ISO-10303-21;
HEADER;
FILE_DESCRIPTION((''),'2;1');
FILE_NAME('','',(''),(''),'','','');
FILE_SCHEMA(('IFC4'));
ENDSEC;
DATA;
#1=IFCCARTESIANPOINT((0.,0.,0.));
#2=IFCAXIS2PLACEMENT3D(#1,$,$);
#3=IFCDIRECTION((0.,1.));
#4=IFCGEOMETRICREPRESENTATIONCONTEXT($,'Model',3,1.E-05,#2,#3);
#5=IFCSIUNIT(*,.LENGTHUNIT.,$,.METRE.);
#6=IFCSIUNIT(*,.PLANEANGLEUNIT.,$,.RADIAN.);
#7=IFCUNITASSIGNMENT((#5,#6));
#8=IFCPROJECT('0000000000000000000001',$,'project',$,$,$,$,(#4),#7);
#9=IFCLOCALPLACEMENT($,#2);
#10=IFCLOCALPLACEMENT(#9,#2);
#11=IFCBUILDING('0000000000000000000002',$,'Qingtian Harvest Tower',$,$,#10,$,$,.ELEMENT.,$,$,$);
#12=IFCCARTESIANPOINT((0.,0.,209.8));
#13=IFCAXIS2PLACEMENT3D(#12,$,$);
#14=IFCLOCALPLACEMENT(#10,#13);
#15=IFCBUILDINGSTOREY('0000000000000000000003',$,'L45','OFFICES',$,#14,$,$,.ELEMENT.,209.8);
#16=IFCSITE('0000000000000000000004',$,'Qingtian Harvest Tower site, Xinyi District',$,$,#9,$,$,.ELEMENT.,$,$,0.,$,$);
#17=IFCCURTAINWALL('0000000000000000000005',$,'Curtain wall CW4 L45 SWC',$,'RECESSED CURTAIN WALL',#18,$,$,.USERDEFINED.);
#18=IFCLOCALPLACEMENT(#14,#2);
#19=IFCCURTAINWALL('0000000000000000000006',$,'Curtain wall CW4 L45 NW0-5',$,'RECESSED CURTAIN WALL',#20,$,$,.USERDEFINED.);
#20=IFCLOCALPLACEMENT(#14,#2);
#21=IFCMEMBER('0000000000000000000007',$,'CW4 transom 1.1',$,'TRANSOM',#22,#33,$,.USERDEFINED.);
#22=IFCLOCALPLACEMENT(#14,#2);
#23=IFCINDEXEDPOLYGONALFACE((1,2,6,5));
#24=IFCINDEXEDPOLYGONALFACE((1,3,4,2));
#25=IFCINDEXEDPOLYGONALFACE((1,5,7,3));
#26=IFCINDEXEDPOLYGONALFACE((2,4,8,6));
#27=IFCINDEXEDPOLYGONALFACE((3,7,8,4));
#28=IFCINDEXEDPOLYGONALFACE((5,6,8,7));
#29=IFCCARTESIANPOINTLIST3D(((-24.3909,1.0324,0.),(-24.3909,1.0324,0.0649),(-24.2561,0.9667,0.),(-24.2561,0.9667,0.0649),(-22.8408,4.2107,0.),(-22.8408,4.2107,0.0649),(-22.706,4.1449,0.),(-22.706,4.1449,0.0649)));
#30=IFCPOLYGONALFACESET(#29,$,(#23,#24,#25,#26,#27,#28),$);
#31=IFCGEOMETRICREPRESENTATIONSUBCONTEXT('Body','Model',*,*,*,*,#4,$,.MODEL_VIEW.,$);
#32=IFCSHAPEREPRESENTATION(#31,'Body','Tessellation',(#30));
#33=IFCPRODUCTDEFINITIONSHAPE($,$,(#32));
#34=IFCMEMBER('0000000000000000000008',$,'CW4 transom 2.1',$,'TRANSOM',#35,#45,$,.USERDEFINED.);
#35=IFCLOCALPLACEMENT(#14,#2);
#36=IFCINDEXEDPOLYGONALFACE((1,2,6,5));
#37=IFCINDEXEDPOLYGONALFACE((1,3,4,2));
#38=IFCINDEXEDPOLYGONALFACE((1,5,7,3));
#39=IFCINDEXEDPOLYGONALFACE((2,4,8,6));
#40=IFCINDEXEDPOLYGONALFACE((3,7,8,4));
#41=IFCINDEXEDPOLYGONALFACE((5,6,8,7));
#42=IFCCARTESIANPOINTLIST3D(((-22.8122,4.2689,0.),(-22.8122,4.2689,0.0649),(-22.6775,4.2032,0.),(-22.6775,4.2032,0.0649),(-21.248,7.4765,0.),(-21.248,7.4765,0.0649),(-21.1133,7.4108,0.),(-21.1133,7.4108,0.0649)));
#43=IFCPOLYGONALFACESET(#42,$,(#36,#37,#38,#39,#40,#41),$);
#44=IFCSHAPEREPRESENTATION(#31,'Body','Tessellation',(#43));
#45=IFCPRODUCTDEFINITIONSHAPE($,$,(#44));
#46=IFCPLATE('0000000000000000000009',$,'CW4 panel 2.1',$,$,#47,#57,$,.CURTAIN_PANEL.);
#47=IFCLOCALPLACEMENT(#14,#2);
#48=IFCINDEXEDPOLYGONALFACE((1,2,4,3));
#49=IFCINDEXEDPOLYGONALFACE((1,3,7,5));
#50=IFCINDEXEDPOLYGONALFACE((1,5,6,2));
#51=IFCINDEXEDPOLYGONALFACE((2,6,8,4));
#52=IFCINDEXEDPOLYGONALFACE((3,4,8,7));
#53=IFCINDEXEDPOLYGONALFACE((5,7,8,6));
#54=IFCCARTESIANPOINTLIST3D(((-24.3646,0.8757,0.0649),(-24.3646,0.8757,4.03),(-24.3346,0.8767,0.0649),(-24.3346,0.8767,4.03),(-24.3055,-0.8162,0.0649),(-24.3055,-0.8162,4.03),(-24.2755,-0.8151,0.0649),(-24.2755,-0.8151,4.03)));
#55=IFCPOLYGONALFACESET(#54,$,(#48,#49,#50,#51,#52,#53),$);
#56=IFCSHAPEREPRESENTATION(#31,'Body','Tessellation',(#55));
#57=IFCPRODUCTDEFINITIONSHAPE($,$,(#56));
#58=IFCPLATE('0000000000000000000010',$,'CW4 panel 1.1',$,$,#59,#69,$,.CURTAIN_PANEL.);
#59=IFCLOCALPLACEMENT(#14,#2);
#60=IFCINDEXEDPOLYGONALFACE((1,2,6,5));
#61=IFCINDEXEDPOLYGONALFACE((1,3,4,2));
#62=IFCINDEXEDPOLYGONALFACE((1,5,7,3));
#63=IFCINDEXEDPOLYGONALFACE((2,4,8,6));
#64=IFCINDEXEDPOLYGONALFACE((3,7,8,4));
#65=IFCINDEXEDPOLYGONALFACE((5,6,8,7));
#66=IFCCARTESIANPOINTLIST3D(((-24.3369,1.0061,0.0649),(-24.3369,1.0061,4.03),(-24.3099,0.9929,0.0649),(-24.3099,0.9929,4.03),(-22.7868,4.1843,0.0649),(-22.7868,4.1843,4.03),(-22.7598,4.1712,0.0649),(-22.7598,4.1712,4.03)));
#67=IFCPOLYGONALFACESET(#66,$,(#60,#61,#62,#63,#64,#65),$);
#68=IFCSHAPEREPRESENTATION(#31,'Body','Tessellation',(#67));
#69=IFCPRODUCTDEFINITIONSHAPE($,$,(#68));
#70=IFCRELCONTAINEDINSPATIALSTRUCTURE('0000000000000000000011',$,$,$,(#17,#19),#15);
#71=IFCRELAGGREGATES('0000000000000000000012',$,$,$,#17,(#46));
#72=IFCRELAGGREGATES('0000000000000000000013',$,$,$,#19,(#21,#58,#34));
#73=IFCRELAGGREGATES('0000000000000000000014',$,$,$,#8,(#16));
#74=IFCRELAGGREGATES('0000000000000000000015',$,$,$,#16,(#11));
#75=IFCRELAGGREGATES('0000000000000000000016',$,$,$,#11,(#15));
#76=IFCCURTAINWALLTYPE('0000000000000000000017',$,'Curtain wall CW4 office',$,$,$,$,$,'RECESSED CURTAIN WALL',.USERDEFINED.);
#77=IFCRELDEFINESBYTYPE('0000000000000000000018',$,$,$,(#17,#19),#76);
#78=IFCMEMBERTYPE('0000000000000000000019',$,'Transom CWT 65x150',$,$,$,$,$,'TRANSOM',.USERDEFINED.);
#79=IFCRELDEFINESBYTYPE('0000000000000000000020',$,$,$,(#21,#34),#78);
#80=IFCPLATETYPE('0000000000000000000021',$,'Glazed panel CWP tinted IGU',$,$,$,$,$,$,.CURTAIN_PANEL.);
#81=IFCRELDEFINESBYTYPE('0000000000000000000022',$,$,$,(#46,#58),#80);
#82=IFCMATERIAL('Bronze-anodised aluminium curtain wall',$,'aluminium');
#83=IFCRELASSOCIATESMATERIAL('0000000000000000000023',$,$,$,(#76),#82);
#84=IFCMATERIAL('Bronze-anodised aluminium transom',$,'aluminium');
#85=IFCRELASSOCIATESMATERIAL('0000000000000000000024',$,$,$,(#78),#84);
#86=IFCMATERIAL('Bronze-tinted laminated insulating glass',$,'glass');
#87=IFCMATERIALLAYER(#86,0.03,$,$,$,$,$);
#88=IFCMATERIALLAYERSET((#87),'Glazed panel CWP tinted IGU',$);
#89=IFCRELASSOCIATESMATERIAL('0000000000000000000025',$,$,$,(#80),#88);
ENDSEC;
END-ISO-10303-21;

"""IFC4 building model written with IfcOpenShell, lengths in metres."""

from ifc_helpers import new_model, si_unit, direction, frame, origin, origin_2d, place, context, subcontext, project, spatial, rectangle, extrude, material, layer, layer_set, material_profile, profile_set, type_object, element, aggregate, save


model = new_model("IFC4")

# Units and contexts
model_context = context("Model", 3, precision=1e-05, world=origin(), true_north=direction((0.0, 1.0)))
body_context = subcontext(model_context, "Body", "Model", "MODEL_VIEW")
ifc_project = project(units=[si_unit("LENGTHUNIT", "METRE"), si_unit("PLANEANGLEUNIT", "RADIAN")], contexts=[model_context])

# Site, building, storey
site_placement = place(None, origin())
site = spatial("IfcSite", under=ifc_project, at=site_placement, Name="Qingtian Harvest Tower site, Xinyi District", CompositionType="ELEMENT", RefElevation=0.0)
building_placement = place(site_placement, origin())
building = spatial("IfcBuilding", under=site, at=building_placement, Name="Qingtian Harvest Tower", CompositionType="ELEMENT")
storey_placement = place(building_placement, frame((0.0, 0.0, 209.8)))
storey = spatial("IfcBuildingStorey", under=building, at=storey_placement, Name="L45", Description="OFFICES", CompositionType="ELEMENT", Elevation=209.8)

# Curtain wall
ifc_material_1 = material(Name="Bronze-anodised aluminium curtain wall", Category="aluminium")
curtain_wall_type = type_object("IfcCurtainWallType", Name="Curtain wall CW4 office", ElementType="RECESSED CURTAIN WALL", PredefinedType="USERDEFINED", material=ifc_material_1)
curtain_wall_1_placement = place(storey_placement, origin())
curtain_wall_1 = element("IfcCurtainWall", 1, at=curtain_wall_1_placement, inside=storey, type_object=curtain_wall_type, Name="Curtain wall CW4 L45 SWC", ObjectType="RECESSED CURTAIN WALL", PredefinedType="USERDEFINED")

# Curtain wall
curtain_wall_2_placement = place(storey_placement, origin())
curtain_wall_2 = element("IfcCurtainWall", 2, at=curtain_wall_2_placement, inside=storey, type_object=curtain_wall_type, Name="Curtain wall CW4 L45 NW0-5", ObjectType="RECESSED CURTAIN WALL", PredefinedType="USERDEFINED")

# Members
ifc_material_2 = material(Name="Bronze-anodised aluminium transom", Category="aluminium")
ifc_material_profile_1 = material_profile(ifc_material_2, rectangle(XDim=0.1499, YDim=0.0649, at=origin_2d()), Name="AL 65x150")
ifc_profile_set_1 = profile_set([ifc_material_profile_1], Name="Bronze-anodised aluminium transom")
member_type_1 = type_object("IfcMemberType", Name="Transom CWT 65x150", ElementType="TRANSOM", PredefinedType="USERDEFINED", material=ifc_profile_set_1)
member_1_placement = place(storey_placement, frame((-24.3235, 0.9995, 0.0325), z_axis=(0.438354, 0.898802, 0.0), x_axis=(-0.898802, 0.438354, 0.0)))
member_1 = element("IfcMember", 3, at=member_1_placement, type_object=member_type_1, Name="CW4 transom 1.1", ObjectType="TRANSOM", PredefinedType="USERDEFINED", context=body_context, shape_type="SweptSolid", body=[
    extrude(rectangle(XDim=0.1499, YDim=0.0649, at=origin_2d()), origin(), (0.0, 0.0, 1.0), 3.5361),
])
member_2_placement = place(storey_placement, frame((-22.7449, 4.2361, 0.0325), z_axis=(0.438325, 0.898816, 0.0), x_axis=(-0.898816, 0.438325, 0.0)))
member_2 = element("IfcMember", 4, at=member_2_placement, type_object=member_type_1, Name="CW4 transom 2.1", ObjectType="TRANSOM", PredefinedType="USERDEFINED", context=body_context, shape_type="SweptSolid", body=[
    extrude(rectangle(XDim=0.1499, YDim=0.0649, at=origin_2d()), origin(), (0.0, 0.0, 1.0), 3.5686),
])

# Plates
ifc_material_3 = material(Name="Bronze-tinted laminated insulating glass", Category="glass")
ifc_layer = layer(ifc_material_3, 0.03)
ifc_layer_set = layer_set([ifc_layer], Name="Glazed panel CWP tinted IGU")
plate_type = type_object("IfcPlateType", Name="Glazed panel CWP tinted IGU", PredefinedType="CURTAIN_PANEL", material=ifc_layer_set)
plate_1_placement = place(storey_placement, frame((-24.3201, 0.0303, 0.0649), z_axis=(0.0, 0.0, 1.0), x_axis=(-0.034899, 0.999391, 0.0)))
plate_1 = element("IfcPlate", 5, at=plate_1_placement, type_object=plate_type, Name="CW4 panel 2.1", PredefinedType="CURTAIN_PANEL", context=body_context, shape_type="SweptSolid", body=[
    extrude(rectangle(XDim=1.6929, YDim=0.03, at=origin_2d()), origin(), (0.0, 0.0, 1.0), 3.9651),
])
aggregate(curtain_wall_1, [plate_1])
plate_2_placement = place(storey_placement, frame((-23.5483, 2.5886, 0.0649), z_axis=(0.0, 0.0, 1.0), x_axis=(0.438371, 0.898794, 0.0)))
plate_2 = element("IfcPlate", 6, at=plate_2_placement, type_object=plate_type, Name="CW4 panel 1.1", PredefinedType="CURTAIN_PANEL", context=body_context, shape_type="SweptSolid", body=[
    extrude(rectangle(XDim=3.5361, YDim=0.03, at=origin_2d()), origin(), (0.0, 0.0, 1.0), 3.9651),
])
aggregate(curtain_wall_2, [member_1, plate_2, member_2])

save(model, "model.ifc")
